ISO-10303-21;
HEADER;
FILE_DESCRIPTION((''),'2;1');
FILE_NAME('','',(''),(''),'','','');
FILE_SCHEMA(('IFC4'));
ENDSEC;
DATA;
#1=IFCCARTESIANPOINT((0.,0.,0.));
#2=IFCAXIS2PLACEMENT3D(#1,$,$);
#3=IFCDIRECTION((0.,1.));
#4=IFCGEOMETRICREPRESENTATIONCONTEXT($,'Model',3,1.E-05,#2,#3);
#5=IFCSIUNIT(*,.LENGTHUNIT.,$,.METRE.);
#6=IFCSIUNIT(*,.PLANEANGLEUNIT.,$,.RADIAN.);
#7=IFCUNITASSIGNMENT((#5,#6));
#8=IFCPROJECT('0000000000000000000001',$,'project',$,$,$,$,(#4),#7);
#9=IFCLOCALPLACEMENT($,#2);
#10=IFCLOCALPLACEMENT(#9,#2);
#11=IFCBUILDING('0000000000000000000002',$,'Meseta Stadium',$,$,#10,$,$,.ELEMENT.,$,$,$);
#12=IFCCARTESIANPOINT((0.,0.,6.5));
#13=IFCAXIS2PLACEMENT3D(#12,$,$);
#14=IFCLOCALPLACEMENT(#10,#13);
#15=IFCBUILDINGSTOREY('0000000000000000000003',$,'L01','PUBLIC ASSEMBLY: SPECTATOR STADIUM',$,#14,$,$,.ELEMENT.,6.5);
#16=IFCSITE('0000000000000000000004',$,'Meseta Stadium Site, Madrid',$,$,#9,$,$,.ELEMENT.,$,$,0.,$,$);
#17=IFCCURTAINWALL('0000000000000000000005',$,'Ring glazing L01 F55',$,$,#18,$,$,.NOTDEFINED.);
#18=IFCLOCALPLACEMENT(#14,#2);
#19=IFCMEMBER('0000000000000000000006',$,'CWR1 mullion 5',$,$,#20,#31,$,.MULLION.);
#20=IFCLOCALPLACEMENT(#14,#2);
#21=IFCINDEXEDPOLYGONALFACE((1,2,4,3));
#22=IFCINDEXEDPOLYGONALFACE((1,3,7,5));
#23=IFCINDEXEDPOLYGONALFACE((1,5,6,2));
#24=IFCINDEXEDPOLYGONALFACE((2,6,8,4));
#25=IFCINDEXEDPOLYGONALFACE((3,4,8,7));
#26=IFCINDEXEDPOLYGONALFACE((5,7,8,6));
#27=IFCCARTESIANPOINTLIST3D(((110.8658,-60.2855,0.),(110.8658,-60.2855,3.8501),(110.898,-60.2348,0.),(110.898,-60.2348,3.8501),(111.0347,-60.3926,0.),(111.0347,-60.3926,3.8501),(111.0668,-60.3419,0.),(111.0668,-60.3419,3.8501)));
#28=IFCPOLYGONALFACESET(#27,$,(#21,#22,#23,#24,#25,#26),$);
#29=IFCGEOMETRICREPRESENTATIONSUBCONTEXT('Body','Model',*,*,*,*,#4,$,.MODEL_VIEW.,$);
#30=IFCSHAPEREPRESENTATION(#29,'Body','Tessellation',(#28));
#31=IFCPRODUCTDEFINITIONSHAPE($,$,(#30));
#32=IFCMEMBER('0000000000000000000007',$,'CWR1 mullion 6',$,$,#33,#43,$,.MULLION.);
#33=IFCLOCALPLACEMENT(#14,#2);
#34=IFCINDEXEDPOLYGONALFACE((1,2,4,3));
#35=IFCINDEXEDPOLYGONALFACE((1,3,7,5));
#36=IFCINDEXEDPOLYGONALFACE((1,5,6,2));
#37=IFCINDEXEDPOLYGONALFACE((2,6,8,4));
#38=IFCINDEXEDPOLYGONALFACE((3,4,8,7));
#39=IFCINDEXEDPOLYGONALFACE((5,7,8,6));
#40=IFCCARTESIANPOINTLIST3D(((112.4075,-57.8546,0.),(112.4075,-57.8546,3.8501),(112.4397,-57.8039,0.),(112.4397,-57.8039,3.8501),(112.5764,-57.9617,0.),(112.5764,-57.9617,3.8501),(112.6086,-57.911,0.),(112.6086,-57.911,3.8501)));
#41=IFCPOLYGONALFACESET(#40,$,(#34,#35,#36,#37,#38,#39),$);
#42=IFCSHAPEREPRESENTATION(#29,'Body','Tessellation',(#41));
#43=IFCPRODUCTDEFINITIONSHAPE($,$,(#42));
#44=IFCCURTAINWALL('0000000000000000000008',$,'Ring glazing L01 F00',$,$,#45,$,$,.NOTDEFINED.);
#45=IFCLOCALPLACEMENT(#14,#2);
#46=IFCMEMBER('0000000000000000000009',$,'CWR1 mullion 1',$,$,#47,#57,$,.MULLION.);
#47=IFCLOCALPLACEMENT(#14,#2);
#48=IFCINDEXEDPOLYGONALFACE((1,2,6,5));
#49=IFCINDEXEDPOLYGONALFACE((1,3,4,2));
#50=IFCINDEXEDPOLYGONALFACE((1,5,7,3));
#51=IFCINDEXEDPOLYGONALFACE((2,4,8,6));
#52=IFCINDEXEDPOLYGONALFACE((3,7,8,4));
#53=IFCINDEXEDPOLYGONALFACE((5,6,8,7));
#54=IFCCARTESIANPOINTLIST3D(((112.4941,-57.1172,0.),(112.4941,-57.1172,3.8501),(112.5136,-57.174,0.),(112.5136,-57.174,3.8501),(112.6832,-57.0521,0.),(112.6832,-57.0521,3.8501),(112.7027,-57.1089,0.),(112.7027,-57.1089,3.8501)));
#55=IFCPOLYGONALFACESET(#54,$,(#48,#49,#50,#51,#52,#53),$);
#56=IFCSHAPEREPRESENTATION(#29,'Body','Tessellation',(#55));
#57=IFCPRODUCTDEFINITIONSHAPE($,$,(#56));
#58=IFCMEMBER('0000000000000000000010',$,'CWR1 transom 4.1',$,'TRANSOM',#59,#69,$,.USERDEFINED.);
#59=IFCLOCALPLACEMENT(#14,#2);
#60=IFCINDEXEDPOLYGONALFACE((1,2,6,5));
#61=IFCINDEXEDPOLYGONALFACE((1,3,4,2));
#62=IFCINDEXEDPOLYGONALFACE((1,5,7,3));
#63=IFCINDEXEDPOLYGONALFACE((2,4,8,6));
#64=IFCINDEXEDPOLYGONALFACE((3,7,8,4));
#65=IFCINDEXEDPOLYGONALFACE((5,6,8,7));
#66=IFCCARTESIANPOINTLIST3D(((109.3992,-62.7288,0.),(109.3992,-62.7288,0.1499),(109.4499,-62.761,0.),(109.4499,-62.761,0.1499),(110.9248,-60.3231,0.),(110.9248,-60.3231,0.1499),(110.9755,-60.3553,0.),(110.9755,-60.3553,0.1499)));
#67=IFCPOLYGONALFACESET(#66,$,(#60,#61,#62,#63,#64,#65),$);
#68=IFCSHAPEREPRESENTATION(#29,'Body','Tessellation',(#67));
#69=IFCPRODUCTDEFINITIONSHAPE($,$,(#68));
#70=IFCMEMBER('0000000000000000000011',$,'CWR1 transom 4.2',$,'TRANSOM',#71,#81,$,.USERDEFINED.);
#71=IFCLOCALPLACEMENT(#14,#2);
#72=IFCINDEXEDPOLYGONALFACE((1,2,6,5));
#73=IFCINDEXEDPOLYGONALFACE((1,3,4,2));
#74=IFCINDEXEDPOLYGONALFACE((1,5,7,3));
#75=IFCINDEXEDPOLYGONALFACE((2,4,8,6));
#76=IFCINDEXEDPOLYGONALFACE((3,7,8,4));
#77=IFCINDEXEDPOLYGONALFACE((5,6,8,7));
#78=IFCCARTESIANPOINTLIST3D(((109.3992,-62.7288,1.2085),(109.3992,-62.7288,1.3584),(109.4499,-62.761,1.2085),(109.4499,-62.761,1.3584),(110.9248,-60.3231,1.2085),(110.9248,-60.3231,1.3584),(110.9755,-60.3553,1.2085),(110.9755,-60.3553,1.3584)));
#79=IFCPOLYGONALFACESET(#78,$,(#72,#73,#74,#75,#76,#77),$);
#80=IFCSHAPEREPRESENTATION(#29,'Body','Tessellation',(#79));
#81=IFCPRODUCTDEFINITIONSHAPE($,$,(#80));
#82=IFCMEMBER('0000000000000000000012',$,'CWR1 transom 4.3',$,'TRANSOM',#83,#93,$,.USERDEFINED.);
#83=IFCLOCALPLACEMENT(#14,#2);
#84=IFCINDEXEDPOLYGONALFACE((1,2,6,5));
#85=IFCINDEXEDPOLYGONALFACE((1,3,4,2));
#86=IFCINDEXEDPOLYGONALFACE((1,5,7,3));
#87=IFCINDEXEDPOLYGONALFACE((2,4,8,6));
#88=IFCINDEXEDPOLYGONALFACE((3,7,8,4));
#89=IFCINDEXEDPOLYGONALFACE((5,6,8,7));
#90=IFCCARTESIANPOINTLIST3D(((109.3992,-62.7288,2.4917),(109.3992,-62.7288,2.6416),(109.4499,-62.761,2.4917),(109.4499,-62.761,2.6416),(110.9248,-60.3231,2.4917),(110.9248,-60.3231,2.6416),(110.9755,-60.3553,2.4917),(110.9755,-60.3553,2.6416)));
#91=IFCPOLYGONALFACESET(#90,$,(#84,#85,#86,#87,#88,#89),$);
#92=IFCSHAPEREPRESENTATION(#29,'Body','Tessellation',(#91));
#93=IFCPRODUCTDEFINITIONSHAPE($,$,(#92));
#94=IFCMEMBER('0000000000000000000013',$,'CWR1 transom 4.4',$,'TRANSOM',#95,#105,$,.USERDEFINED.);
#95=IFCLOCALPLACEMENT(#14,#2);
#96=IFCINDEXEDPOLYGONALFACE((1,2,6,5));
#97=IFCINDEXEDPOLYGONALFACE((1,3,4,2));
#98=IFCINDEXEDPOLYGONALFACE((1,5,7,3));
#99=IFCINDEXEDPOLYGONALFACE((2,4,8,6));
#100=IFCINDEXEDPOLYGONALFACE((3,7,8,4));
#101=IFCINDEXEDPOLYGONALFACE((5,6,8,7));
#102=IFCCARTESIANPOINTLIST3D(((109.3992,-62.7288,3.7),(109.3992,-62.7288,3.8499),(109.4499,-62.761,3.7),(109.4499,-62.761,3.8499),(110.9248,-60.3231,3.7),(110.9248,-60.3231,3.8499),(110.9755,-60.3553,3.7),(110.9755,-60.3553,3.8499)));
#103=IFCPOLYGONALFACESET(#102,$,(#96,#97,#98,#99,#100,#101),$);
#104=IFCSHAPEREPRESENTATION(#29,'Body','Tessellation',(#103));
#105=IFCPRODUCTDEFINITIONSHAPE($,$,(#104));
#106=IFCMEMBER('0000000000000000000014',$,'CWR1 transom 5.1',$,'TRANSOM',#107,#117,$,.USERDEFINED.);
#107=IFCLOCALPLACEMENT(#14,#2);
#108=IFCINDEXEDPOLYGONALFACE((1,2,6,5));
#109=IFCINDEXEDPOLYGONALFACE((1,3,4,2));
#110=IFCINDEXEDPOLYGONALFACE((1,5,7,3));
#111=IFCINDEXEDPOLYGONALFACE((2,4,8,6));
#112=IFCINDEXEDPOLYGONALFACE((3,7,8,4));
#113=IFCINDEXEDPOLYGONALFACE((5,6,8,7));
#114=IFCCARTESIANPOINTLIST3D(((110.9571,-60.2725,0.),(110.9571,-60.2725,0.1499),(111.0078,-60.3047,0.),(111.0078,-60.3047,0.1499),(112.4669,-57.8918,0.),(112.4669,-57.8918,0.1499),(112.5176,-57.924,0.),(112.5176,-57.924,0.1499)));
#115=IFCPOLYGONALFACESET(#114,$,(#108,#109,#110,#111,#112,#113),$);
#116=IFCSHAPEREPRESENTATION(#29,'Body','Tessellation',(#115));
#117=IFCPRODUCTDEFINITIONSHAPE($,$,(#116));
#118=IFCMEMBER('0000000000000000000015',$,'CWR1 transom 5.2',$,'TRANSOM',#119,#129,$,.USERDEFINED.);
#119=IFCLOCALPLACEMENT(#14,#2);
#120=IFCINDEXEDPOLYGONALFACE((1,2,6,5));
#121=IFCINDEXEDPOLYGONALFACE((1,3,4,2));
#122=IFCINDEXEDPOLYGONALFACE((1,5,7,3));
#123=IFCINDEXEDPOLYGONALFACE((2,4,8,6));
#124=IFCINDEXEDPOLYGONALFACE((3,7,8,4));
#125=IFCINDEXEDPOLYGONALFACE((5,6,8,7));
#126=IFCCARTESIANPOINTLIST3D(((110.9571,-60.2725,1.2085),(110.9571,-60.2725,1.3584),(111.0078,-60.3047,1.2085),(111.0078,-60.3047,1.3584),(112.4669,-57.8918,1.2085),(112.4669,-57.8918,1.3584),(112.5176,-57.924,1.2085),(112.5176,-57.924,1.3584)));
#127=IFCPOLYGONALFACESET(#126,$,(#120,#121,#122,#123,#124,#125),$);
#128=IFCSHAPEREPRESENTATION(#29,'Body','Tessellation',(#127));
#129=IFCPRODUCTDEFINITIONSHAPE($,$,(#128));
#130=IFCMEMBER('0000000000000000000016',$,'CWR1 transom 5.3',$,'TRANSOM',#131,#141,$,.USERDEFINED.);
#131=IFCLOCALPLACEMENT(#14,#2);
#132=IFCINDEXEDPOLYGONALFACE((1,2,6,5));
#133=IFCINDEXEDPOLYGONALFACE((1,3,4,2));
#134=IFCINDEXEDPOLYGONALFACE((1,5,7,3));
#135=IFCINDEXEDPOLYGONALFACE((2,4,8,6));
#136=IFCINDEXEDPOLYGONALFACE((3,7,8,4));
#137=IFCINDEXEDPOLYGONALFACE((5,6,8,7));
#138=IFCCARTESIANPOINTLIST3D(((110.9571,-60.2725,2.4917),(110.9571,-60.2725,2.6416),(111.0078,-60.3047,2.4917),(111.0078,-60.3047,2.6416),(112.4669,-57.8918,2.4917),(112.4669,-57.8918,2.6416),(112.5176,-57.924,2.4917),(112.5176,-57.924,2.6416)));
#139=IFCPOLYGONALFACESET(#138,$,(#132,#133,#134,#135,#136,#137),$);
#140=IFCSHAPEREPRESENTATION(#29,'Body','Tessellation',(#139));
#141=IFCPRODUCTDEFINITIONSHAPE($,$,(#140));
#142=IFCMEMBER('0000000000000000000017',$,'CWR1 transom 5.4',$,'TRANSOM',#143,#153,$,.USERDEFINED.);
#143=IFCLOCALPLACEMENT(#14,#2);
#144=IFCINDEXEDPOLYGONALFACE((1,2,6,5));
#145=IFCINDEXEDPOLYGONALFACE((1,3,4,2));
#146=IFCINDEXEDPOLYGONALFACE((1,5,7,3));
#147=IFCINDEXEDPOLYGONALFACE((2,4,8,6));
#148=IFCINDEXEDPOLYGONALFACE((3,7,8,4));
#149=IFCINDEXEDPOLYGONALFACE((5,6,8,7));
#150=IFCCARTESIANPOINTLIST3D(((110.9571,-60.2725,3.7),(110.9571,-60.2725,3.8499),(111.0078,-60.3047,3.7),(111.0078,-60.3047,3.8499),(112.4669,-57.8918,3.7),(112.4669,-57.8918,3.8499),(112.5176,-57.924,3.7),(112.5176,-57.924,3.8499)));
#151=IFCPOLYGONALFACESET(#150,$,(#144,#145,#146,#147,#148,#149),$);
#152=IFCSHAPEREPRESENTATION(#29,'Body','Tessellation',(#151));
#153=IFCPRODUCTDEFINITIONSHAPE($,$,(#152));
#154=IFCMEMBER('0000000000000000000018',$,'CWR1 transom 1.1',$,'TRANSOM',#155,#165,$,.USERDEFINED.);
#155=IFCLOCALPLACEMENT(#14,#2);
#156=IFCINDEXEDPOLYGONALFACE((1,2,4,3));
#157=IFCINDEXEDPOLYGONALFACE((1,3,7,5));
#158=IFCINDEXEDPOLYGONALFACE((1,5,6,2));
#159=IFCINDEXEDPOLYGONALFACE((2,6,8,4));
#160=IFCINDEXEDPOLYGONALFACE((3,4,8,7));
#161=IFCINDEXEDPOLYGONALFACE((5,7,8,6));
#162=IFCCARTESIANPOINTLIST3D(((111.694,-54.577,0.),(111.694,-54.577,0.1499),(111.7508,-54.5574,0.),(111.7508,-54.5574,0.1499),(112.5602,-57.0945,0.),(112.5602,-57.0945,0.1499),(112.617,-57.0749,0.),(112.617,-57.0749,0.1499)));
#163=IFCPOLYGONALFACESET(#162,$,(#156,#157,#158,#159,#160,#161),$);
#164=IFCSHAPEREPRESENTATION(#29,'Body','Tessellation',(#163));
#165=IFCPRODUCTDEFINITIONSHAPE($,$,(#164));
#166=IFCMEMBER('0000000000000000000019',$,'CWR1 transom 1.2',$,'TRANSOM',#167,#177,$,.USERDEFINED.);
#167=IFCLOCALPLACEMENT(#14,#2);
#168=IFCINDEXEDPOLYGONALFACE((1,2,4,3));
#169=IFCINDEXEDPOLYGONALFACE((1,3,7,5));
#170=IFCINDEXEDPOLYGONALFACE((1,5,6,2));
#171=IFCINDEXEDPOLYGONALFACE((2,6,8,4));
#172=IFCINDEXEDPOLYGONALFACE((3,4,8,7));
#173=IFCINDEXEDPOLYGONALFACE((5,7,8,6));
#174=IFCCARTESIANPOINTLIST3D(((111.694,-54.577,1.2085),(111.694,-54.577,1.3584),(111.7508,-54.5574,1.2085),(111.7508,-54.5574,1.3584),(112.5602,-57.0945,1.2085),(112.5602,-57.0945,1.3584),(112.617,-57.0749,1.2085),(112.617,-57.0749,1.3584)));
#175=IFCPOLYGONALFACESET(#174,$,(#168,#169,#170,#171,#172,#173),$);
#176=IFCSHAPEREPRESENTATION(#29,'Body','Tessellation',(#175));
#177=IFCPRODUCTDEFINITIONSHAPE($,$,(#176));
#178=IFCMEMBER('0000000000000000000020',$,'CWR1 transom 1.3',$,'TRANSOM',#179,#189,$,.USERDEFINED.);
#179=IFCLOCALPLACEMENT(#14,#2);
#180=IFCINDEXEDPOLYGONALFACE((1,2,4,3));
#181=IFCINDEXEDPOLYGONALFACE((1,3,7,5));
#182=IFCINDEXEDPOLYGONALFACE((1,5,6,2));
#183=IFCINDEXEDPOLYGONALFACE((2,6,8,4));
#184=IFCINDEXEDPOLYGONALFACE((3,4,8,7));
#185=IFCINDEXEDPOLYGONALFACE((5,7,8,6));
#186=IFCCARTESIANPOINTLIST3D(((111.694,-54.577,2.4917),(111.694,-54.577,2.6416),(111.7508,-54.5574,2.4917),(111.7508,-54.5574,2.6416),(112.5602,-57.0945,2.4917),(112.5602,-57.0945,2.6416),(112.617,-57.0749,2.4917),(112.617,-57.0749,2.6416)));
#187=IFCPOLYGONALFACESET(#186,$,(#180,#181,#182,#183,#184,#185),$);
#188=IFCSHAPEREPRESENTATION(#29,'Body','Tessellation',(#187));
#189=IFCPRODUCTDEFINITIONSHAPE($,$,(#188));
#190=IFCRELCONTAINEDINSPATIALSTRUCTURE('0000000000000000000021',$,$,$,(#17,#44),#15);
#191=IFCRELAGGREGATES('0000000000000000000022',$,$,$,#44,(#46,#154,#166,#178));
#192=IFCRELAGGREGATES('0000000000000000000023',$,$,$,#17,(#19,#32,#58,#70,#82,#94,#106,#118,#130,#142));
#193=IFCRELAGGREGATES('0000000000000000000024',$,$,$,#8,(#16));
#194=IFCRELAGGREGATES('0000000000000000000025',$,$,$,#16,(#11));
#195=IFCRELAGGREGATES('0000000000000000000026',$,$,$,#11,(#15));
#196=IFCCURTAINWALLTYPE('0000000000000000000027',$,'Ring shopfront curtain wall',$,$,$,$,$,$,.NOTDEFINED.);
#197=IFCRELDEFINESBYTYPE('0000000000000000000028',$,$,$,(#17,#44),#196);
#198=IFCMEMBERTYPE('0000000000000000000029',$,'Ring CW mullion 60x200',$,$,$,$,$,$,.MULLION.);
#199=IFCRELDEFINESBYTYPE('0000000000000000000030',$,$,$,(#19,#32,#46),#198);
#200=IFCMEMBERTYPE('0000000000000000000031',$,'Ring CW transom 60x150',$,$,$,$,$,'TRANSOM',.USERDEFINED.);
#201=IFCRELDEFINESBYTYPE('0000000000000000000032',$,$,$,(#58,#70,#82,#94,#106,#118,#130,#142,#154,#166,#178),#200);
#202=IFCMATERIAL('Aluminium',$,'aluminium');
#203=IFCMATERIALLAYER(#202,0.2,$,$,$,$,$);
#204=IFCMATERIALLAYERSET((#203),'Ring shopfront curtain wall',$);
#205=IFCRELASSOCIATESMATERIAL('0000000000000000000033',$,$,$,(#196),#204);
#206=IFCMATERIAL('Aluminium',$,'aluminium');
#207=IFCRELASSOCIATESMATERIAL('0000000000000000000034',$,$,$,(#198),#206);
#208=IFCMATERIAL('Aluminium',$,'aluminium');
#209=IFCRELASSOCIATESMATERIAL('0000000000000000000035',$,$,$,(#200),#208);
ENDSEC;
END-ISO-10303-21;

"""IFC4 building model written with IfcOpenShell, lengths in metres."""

from ifc_helpers import new_model, si_unit, direction, frame, origin, origin_2d, place, context, subcontext, project, spatial, rectangle, extrude, material, layer, layer_set, material_profile, profile_set, type_object, element, aggregate, save


model = new_model("IFC4")

# Units and contexts
model_context = context("Model", 3, precision=1e-05, world=origin(), true_north=direction((0.0, 1.0)))
body_context = subcontext(model_context, "Body", "Model", "MODEL_VIEW")
ifc_project = project(units=[si_unit("LENGTHUNIT", "METRE"), si_unit("PLANEANGLEUNIT", "RADIAN")], contexts=[model_context])

# Site, building, storey
site_placement = place(None, origin())
site = spatial("IfcSite", under=ifc_project, at=site_placement, Name="Meseta Stadium Site, Madrid", CompositionType="ELEMENT", RefElevation=0.0)
building_placement = place(site_placement, origin())
building = spatial("IfcBuilding", under=site, at=building_placement, Name="Meseta Stadium", CompositionType="ELEMENT")
storey_placement = place(building_placement, frame((0.0, 0.0, 6.5)))
storey = spatial("IfcBuildingStorey", under=building, at=storey_placement, Name="L01", Description="PUBLIC ASSEMBLY: SPECTATOR STADIUM", CompositionType="ELEMENT", Elevation=6.5)

# Curtain wall, members
ifc_material_1 = material(Name="Aluminium", Category="aluminium")
ifc_layer_1 = layer(ifc_material_1, 0.2)
ifc_layer_set_1 = layer_set([ifc_layer_1], Name="Ring shopfront curtain wall")
curtain_wall_type = type_object("IfcCurtainWallType", Name="Ring shopfront curtain wall", PredefinedType="NOTDEFINED", material=ifc_layer_set_1)
curtain_wall_1_placement = place(storey_placement, origin())
curtain_wall_1 = element("IfcCurtainWall", 1, at=curtain_wall_1_placement, inside=storey, type_object=curtain_wall_type, Name="Ring glazing L01 F55", PredefinedType="NOTDEFINED")
ifc_material_2 = material(Name="Aluminium", Category="aluminium")
ifc_material_profile_1 = material_profile(ifc_material_2, rectangle(XDim=0.2, YDim=0.0601, at=origin_2d()), Name="CW 200x60")
ifc_profile_set_1 = profile_set([ifc_material_profile_1], Name="Aluminium")
member_type_1 = type_object("IfcMemberType", Name="Ring CW mullion 60x200", PredefinedType="MULLION", material=ifc_profile_set_1)
member_1_placement = place(storey_placement, frame((110.9663, -60.3137, 0.0), z_axis=(0.0, 0.0, 1.0), x_axis=(-0.844491, 0.535569, 0.0)))
member_1 = element("IfcMember", 2, at=member_1_placement, type_object=member_type_1, Name="CWR1 mullion 5", PredefinedType="MULLION", context=body_context, shape_type="SweptSolid", body=[
    extrude(rectangle(XDim=0.2, YDim=0.0601, at=origin_2d()), origin(), (0.0, 0.0, 1.0), 3.8501),
])
member_2_placement = place(storey_placement, frame((112.5081, -57.8828, 0.0), z_axis=(0.0, 0.0, 1.0), x_axis=(-0.844491, 0.535569, 0.0)))
member_2 = element("IfcMember", 3, at=member_2_placement, type_object=member_type_1, Name="CWR1 mullion 6", PredefinedType="MULLION", context=body_context, shape_type="SweptSolid", body=[
    extrude(rectangle(XDim=0.2, YDim=0.0601, at=origin_2d()), origin(), (0.0, 0.0, 1.0), 3.8501),
])

# Curtain wall, member
curtain_wall_2_placement = place(storey_placement, origin())
curtain_wall_2 = element("IfcCurtainWall", 4, at=curtain_wall_2_placement, inside=storey, type_object=curtain_wall_type, Name="Ring glazing L01 F00", PredefinedType="NOTDEFINED")
member_3_placement = place(storey_placement, frame((112.5984, -57.113, 0.0), z_axis=(0.0, 0.0, 1.0), x_axis=(-0.945581, -0.325386, 0.0)))
member_3 = element("IfcMember", 5, at=member_3_placement, type_object=member_type_1, Name="CWR1 mullion 1", PredefinedType="MULLION", context=body_context, shape_type="SweptSolid", body=[
    extrude(rectangle(XDim=0.2, YDim=0.0601, at=origin_2d()), origin(), (0.0, 0.0, 1.0), 3.8501),
])

# Members
ifc_material_3 = material(Name="Aluminium", Category="aluminium")
ifc_material_profile_2 = material_profile(ifc_material_3, rectangle(XDim=0.0601, YDim=0.1499, at=origin_2d()), Name="CW 60x150")
ifc_profile_set_2 = profile_set([ifc_material_profile_2], Name="Aluminium")
member_type_2 = type_object("IfcMemberType", Name="Ring CW transom 60x150", ElementType="TRANSOM", PredefinedType="USERDEFINED", material=ifc_profile_set_2)
member_4_placement = place(storey_placement, frame((109.4246, -62.7449, 0.075), z_axis=(0.535549, 0.844504, 0.0), x_axis=(-0.844504, 0.535549, 0.0)))
member_4 = element("IfcMember", 6, at=member_4_placement, type_object=member_type_2, Name="CWR1 transom 4.1", ObjectType="TRANSOM", PredefinedType="USERDEFINED", context=body_context, shape_type="SweptSolid", body=[
    extrude(rectangle(XDim=0.0601, YDim=0.1499, at=origin_2d()), origin(), (0.0, 0.0, 1.0), 2.8486),
])
member_5_placement = place(storey_placement, frame((109.4246, -62.7449, 1.2834), z_axis=(0.535549, 0.844504, 0.0), x_axis=(-0.844504, 0.535549, 0.0)))
member_5 = element("IfcMember", 7, at=member_5_placement, type_object=member_type_2, Name="CWR1 transom 4.2", ObjectType="TRANSOM", PredefinedType="USERDEFINED", context=body_context, shape_type="SweptSolid", body=[
    extrude(rectangle(XDim=0.0601, YDim=0.1499, at=origin_2d()), origin(), (0.0, 0.0, 1.0), 2.8486),
])
member_6_placement = place(storey_placement, frame((109.4246, -62.7449, 2.5667), z_axis=(0.535549, 0.844504, 0.0), x_axis=(-0.844504, 0.535549, 0.0)))
member_6 = element("IfcMember", 8, at=member_6_placement, type_object=member_type_2, Name="CWR1 transom 4.3", ObjectType="TRANSOM", PredefinedType="USERDEFINED", context=body_context, shape_type="SweptSolid", body=[
    extrude(rectangle(XDim=0.0601, YDim=0.1499, at=origin_2d()), origin(), (0.0, 0.0, 1.0), 2.8486),
])
member_7_placement = place(storey_placement, frame((109.4246, -62.7449, 3.7749), z_axis=(0.535549, 0.844504, 0.0), x_axis=(-0.844504, 0.535549, 0.0)))
member_7 = element("IfcMember", 9, at=member_7_placement, type_object=member_type_2, Name="CWR1 transom 4.4", ObjectType="TRANSOM", PredefinedType="USERDEFINED", context=body_context, shape_type="SweptSolid", body=[
    extrude(rectangle(XDim=0.0601, YDim=0.1499, at=origin_2d()), origin(), (0.0, 0.0, 1.0), 2.8486),
])
member_8_placement = place(storey_placement, frame((110.9824, -60.2886, 0.075), z_axis=(0.535569, 0.844491, 0.0), x_axis=(-0.844491, 0.535569, 0.0)))
member_8 = element("IfcMember", 10, at=member_8_placement, type_object=member_type_2, Name="CWR1 transom 5.1", ObjectType="TRANSOM", PredefinedType="USERDEFINED", context=body_context, shape_type="SweptSolid", body=[
    extrude(rectangle(XDim=0.0601, YDim=0.1499, at=origin_2d()), origin(), (0.0, 0.0, 1.0), 2.8191),
])
member_9_placement = place(storey_placement, frame((110.9824, -60.2886, 1.2834), z_axis=(0.535569, 0.844491, 0.0), x_axis=(-0.844491, 0.535569, 0.0)))
member_9 = element("IfcMember", 11, at=member_9_placement, type_object=member_type_2, Name="CWR1 transom 5.2", ObjectType="TRANSOM", PredefinedType="USERDEFINED", context=body_context, shape_type="SweptSolid", body=[
    extrude(rectangle(XDim=0.0601, YDim=0.1499, at=origin_2d()), origin(), (0.0, 0.0, 1.0), 2.8191),
])
member_10_placement = place(storey_placement, frame((110.9824, -60.2886, 2.5667), z_axis=(0.535569, 0.844491, 0.0), x_axis=(-0.844491, 0.535569, 0.0)))
member_10 = element("IfcMember", 12, at=member_10_placement, type_object=member_type_2, Name="CWR1 transom 5.3", ObjectType="TRANSOM", PredefinedType="USERDEFINED", context=body_context, shape_type="SweptSolid", body=[
    extrude(rectangle(XDim=0.0601, YDim=0.1499, at=origin_2d()), origin(), (0.0, 0.0, 1.0), 2.8191),
])
member_11_placement = place(storey_placement, frame((110.9824, -60.2886, 3.7749), z_axis=(0.535569, 0.844491, 0.0), x_axis=(-0.844491, 0.535569, 0.0)))
member_11 = element("IfcMember", 13, at=member_11_placement, type_object=member_type_2, Name="CWR1 transom 5.4", ObjectType="TRANSOM", PredefinedType="USERDEFINED", context=body_context, shape_type="SweptSolid", body=[
    extrude(rectangle(XDim=0.0601, YDim=0.1499, at=origin_2d()), origin(), (0.0, 0.0, 1.0), 2.8191),
])
member_12_placement = place(storey_placement, frame((112.5886, -57.0847, 0.075), z_axis=(-0.325346, 0.945595, 0.0), x_axis=(-0.945595, -0.325346, 0.0)))
member_12 = element("IfcMember", 14, at=member_12_placement, type_object=member_type_2, Name="CWR1 transom 1.1", ObjectType="TRANSOM", PredefinedType="USERDEFINED", context=body_context, shape_type="SweptSolid", body=[
    extrude(rectangle(XDim=0.0601, YDim=0.1499, at=origin_2d()), origin(), (0.0, 0.0, 1.0), 2.6624),
])
member_13_placement = place(storey_placement, frame((112.5886, -57.0847, 1.2834), z_axis=(-0.325346, 0.945595, 0.0), x_axis=(-0.945595, -0.325346, 0.0)))
member_13 = element("IfcMember", 15, at=member_13_placement, type_object=member_type_2, Name="CWR1 transom 1.2", ObjectType="TRANSOM", PredefinedType="USERDEFINED", context=body_context, shape_type="SweptSolid", body=[
    extrude(rectangle(XDim=0.0601, YDim=0.1499, at=origin_2d()), origin(), (0.0, 0.0, 1.0), 2.6624),
])
member_14_placement = place(storey_placement, frame((112.5886, -57.0847, 2.5667), z_axis=(-0.325346, 0.945595, 0.0), x_axis=(-0.945595, -0.325346, 0.0)))
member_14 = element("IfcMember", 16, at=member_14_placement, type_object=member_type_2, Name="CWR1 transom 1.3", ObjectType="TRANSOM", PredefinedType="USERDEFINED", context=body_context, shape_type="SweptSolid", body=[
    extrude(rectangle(XDim=0.0601, YDim=0.1499, at=origin_2d()), origin(), (0.0, 0.0, 1.0), 2.6624),
])
aggregate(curtain_wall_2, [member_3, member_12, member_13, member_14])

aggregate(curtain_wall_1, [member_1, member_2, member_4, member_5, member_6, member_7, member_8, member_9, member_10, member_11])

save(model, "model.ifc")
